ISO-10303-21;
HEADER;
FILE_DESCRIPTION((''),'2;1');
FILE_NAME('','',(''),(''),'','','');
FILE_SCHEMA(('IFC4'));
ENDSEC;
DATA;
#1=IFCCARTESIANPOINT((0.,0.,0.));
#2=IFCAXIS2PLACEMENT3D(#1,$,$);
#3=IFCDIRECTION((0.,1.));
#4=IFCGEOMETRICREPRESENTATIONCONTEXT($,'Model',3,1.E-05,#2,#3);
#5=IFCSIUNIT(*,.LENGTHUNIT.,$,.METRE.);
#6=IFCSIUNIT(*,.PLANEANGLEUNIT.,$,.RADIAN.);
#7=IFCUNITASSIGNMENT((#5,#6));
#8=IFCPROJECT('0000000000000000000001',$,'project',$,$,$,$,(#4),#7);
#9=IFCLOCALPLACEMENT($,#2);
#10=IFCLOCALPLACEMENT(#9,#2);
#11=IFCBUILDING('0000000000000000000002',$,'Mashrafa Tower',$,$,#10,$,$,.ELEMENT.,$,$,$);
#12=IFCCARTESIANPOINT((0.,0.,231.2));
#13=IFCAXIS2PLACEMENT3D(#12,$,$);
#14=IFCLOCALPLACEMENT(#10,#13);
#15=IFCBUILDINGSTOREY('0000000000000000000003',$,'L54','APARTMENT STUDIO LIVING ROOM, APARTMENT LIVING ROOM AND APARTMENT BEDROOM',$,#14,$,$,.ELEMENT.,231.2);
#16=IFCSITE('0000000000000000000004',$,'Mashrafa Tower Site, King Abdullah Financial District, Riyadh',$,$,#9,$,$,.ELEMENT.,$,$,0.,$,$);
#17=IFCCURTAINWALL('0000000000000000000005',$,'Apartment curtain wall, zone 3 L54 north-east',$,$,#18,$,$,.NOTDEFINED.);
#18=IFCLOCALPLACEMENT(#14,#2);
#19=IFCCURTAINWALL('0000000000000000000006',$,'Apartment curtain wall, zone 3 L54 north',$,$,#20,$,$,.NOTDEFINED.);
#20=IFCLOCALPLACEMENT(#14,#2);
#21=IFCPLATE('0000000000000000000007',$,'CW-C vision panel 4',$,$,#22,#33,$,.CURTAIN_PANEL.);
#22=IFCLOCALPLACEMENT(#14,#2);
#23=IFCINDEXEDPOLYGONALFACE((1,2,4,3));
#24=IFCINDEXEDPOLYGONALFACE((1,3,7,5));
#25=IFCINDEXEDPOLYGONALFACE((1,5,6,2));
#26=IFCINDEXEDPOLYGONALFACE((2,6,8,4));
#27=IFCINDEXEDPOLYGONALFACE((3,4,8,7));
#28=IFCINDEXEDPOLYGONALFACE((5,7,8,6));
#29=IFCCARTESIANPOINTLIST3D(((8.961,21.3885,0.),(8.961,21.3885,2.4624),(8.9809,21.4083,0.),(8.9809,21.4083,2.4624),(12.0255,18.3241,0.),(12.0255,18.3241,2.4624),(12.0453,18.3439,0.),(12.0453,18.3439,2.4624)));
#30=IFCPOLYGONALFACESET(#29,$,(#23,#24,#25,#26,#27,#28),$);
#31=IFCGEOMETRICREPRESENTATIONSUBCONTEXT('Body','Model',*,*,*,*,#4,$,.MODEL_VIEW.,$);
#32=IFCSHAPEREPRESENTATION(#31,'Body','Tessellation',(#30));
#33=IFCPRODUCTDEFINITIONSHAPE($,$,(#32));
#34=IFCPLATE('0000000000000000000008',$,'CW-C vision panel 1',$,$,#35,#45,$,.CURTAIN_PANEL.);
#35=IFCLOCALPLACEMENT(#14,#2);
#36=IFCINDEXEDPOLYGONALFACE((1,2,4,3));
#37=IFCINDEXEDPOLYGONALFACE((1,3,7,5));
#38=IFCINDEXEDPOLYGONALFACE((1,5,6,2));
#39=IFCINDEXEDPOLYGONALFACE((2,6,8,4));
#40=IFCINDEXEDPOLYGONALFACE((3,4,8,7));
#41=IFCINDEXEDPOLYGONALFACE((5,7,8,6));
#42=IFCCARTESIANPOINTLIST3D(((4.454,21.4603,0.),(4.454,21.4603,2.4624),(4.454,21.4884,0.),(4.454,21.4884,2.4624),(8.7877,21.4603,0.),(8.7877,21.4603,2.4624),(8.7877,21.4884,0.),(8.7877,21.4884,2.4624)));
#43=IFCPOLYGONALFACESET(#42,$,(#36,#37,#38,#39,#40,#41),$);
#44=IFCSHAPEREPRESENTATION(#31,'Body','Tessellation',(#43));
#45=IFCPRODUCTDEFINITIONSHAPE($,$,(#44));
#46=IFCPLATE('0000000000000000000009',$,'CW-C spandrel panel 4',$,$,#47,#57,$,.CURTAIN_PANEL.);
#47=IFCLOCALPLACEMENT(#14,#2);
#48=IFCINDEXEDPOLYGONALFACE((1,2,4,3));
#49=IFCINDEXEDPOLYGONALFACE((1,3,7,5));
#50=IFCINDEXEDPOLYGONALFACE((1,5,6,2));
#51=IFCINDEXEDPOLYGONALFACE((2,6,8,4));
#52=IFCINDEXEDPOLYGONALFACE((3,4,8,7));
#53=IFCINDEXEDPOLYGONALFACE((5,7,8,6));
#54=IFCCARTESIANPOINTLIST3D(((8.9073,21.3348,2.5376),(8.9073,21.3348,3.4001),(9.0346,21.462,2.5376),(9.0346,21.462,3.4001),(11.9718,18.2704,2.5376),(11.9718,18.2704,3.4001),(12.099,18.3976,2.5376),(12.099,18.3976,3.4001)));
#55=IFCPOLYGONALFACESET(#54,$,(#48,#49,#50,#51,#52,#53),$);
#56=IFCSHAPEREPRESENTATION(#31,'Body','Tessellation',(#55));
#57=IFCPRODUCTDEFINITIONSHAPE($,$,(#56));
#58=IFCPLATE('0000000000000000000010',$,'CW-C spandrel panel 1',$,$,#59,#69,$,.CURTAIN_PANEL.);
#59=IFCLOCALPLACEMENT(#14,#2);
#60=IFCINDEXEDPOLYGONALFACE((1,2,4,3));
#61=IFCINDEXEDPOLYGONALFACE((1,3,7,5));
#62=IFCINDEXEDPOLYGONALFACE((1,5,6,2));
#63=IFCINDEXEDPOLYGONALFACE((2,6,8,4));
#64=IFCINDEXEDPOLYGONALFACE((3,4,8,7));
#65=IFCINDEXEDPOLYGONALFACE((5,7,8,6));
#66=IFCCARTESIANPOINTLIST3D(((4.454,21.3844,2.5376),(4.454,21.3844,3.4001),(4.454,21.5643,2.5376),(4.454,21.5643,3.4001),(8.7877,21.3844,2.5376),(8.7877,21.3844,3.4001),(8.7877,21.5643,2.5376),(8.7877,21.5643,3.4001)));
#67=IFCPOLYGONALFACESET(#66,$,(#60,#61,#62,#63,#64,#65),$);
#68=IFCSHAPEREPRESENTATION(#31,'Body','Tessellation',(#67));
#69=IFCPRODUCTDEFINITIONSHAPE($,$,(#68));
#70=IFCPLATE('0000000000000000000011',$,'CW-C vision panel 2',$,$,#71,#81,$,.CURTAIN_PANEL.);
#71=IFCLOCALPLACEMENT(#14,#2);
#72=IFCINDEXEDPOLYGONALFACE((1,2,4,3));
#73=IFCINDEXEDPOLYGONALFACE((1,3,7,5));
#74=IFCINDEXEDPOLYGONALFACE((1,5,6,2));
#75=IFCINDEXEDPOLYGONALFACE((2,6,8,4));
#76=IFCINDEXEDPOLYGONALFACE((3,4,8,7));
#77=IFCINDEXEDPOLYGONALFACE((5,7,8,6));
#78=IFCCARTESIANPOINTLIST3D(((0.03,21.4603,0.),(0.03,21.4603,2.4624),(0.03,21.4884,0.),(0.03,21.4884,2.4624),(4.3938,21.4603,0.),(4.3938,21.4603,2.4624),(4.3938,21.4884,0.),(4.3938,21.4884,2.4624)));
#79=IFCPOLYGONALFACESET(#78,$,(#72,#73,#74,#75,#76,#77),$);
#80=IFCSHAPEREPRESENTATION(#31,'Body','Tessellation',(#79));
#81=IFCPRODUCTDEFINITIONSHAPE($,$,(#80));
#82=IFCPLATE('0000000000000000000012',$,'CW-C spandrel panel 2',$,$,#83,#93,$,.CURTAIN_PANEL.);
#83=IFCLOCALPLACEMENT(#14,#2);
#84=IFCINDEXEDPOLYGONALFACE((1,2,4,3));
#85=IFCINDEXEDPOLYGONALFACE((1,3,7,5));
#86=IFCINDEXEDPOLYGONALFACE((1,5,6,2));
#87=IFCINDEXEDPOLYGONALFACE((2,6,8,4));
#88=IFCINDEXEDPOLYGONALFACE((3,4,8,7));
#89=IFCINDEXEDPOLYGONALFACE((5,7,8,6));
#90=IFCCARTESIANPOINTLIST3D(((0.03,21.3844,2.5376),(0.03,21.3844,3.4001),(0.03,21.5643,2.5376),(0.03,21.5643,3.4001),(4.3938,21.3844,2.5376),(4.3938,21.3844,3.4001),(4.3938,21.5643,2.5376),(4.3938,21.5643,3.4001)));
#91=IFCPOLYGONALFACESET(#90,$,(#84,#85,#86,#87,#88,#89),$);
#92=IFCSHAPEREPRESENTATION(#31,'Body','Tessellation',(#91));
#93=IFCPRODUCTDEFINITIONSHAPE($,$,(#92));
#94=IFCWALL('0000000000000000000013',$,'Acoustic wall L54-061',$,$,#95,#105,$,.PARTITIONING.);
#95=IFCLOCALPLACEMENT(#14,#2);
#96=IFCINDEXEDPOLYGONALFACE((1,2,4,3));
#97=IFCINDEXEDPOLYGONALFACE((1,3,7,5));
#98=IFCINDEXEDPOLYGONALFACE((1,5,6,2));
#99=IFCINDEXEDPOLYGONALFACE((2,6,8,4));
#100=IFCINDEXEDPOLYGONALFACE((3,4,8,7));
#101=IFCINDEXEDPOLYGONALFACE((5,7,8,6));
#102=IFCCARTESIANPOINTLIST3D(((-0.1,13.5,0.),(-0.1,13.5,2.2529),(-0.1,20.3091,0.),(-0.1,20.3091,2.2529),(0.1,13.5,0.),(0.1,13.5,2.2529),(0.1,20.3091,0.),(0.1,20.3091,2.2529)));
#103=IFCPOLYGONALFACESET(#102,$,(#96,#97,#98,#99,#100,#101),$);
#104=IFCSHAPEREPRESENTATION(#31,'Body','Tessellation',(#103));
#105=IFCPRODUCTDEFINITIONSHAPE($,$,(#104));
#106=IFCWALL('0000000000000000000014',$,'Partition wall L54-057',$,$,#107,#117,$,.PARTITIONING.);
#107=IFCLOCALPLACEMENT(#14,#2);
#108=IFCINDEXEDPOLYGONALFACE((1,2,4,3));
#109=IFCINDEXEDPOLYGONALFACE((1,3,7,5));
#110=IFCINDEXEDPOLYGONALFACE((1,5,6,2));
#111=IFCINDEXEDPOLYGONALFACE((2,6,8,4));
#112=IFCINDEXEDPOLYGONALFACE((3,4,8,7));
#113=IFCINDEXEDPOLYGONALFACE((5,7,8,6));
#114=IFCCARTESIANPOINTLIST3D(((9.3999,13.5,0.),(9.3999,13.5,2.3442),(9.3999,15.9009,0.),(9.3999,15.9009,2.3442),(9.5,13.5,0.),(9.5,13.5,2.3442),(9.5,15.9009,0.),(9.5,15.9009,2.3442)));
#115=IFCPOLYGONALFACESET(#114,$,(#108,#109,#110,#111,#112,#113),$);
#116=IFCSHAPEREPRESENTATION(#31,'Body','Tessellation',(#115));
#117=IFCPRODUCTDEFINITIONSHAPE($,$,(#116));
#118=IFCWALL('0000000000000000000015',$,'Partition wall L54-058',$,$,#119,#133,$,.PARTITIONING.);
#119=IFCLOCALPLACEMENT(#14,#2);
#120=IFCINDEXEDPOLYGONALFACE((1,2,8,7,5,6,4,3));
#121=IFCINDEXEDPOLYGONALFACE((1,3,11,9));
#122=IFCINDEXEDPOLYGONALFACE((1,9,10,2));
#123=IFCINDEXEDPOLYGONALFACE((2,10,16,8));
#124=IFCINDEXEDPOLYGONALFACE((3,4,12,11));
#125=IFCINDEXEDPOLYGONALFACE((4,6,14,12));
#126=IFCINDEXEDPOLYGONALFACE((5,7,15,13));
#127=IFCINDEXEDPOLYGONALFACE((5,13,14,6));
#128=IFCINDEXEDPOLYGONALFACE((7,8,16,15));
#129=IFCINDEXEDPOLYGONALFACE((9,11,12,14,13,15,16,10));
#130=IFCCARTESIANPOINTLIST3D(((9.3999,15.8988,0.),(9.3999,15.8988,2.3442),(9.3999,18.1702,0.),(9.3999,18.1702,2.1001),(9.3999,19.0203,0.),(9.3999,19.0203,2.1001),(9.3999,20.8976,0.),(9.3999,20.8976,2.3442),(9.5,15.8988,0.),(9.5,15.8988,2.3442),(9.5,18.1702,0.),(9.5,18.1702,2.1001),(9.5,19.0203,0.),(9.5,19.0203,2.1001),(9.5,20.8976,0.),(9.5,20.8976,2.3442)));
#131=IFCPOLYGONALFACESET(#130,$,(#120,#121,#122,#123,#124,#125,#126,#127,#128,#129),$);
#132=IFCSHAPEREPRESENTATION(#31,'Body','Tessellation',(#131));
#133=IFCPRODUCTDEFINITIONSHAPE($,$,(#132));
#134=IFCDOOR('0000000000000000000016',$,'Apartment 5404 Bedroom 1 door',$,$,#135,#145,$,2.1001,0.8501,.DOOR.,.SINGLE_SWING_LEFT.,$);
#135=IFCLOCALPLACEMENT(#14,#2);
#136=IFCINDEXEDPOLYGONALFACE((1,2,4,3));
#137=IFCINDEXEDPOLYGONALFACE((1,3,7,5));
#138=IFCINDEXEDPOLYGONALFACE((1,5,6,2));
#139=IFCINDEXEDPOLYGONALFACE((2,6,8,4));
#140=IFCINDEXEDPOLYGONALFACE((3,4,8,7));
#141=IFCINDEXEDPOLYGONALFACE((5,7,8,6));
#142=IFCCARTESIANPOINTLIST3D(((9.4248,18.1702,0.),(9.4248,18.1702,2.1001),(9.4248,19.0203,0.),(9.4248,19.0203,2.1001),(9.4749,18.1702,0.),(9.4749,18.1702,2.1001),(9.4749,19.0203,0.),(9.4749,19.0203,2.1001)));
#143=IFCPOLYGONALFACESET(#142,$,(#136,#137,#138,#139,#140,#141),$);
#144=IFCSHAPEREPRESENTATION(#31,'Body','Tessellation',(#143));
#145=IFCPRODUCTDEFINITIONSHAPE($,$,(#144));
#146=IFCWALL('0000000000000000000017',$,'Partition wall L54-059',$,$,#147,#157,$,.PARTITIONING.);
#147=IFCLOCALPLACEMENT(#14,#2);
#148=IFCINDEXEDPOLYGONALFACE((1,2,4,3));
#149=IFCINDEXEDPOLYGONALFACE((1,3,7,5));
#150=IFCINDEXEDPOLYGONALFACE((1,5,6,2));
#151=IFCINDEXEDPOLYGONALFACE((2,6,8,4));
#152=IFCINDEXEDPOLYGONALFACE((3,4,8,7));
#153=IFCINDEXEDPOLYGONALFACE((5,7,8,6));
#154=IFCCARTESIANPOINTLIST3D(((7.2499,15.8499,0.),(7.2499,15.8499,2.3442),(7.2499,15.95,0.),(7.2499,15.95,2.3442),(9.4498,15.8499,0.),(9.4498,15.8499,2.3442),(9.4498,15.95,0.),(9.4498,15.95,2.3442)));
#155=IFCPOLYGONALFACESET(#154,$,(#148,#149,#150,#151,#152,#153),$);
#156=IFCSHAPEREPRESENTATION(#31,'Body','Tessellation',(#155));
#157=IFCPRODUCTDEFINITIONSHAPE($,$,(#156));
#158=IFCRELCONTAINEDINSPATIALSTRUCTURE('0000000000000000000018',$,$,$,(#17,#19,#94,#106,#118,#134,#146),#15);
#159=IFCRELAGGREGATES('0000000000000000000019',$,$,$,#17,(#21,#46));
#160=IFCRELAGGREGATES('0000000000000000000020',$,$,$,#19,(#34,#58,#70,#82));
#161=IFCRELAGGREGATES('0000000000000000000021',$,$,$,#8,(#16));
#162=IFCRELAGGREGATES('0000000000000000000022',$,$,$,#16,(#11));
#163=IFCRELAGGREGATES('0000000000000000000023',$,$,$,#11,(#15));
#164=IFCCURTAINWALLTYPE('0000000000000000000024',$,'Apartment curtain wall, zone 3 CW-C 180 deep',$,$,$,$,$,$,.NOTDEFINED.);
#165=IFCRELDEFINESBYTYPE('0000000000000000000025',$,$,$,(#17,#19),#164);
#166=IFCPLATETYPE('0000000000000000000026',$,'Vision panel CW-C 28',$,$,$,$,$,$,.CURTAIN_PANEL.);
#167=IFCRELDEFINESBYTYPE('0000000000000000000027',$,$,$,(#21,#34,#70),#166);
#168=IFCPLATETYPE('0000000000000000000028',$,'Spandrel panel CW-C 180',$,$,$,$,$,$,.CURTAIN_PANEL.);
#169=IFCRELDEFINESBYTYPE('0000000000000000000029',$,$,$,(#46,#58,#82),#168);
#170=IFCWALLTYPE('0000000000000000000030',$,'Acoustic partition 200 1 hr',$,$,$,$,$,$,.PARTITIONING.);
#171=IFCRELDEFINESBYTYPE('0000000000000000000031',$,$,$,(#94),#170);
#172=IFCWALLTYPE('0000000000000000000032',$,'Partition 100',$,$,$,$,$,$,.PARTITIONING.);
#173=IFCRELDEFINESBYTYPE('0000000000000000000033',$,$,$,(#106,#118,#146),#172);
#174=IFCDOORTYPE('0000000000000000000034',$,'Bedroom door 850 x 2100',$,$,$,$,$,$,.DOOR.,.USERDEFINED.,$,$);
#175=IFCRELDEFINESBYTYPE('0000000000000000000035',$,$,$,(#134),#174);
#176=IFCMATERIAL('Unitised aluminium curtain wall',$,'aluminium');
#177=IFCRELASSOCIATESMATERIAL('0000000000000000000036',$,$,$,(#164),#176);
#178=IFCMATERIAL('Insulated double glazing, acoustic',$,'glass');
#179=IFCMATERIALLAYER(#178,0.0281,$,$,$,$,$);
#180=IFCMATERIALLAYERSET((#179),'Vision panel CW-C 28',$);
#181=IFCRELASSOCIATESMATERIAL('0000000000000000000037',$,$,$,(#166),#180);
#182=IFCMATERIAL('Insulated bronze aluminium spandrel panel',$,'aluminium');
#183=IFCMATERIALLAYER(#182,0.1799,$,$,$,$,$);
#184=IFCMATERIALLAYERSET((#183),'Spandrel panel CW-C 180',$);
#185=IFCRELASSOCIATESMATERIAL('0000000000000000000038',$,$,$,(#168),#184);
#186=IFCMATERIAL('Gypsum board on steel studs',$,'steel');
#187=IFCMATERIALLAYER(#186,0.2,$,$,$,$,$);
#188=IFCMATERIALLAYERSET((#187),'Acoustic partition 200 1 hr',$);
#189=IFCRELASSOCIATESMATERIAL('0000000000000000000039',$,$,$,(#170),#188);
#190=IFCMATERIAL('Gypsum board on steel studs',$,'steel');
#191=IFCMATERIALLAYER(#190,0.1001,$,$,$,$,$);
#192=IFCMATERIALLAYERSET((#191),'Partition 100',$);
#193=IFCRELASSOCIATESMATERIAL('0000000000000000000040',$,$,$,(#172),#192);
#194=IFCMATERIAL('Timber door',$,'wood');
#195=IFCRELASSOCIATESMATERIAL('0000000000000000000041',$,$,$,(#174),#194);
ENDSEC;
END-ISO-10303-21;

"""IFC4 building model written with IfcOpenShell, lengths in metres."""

from ifc_helpers import new_model, si_unit, direction, frame, frame_2d, origin, origin_2d, place, context, subcontext, project, spatial, rectangle, extrude, source, transform, mapped, material, layer, layer_set, type_object, type_shapes, element, fill, aggregate, save


model = new_model("IFC4")

# Units and contexts
model_context = context("Model", 3, precision=1e-05, world=origin(), true_north=direction((0.0, 1.0)))
body_context = subcontext(model_context, "Body", "Model", "MODEL_VIEW")
ifc_project = project(units=[si_unit("LENGTHUNIT", "METRE"), si_unit("PLANEANGLEUNIT", "RADIAN")], contexts=[model_context])

# Site, building, storey
site_placement = place(None, origin())
site = spatial("IfcSite", under=ifc_project, at=site_placement, Name="Mashrafa Tower Site, King Abdullah Financial District, Riyadh", CompositionType="ELEMENT", RefElevation=0.0)
building_placement = place(site_placement, origin())
building = spatial("IfcBuilding", under=site, at=building_placement, Name="Mashrafa Tower", CompositionType="ELEMENT")
storey_placement = place(building_placement, frame((0.0, 0.0, 231.2)))
storey = spatial("IfcBuildingStorey", under=building, at=storey_placement, Name="L54", Description="APARTMENT STUDIO LIVING ROOM, APARTMENT LIVING ROOM AND APARTMENT BEDROOM", CompositionType="ELEMENT", Elevation=231.2)

# Curtain wall
ifc_material_1 = material(Name="Unitised aluminium curtain wall", Category="aluminium")
curtain_wall_type = type_object("IfcCurtainWallType", Name="Apartment curtain wall, zone 3 CW-C 180 deep", PredefinedType="NOTDEFINED", material=ifc_material_1)
curtain_wall_1_placement = place(storey_placement, origin())
curtain_wall_1 = element("IfcCurtainWall", 1, at=curtain_wall_1_placement, inside=storey, type_object=curtain_wall_type, Name="Apartment curtain wall, zone 3 L54 north-east", PredefinedType="NOTDEFINED")

# Curtain wall
curtain_wall_2_placement = place(storey_placement, origin())
curtain_wall_2 = element("IfcCurtainWall", 2, at=curtain_wall_2_placement, inside=storey, type_object=curtain_wall_type, Name="Apartment curtain wall, zone 3 L54 north", PredefinedType="NOTDEFINED")

# Plates
ifc_material_2 = material(Name="Insulated double glazing, acoustic", Category="glass")
ifc_layer_1 = layer(ifc_material_2, 0.0281)
ifc_layer_set_1 = layer_set([ifc_layer_1], Name="Vision panel CW-C 28")
plate_type_1 = type_object("IfcPlateType", Name="Vision panel CW-C 28", PredefinedType="CURTAIN_PANEL", material=ifc_layer_set_1)
shared_shape_1 = source(origin(), body_context, "Body", "SweptSolid", [
    extrude(rectangle(XDim=4.3337, YDim=0.0281, at=origin_2d()), origin(), (0.0, 0.0, 1.0), 2.4624),
])
plate_1_placement = place(storey_placement, frame((10.5032, 19.8662, 0.0), z_axis=(0.0, 0.0, 1.0), x_axis=(-0.707107, 0.707107, 0.0)))
plate_1 = element("IfcPlate", 3, at=plate_1_placement, type_object=plate_type_1, Name="CW-C vision panel 4", PredefinedType="CURTAIN_PANEL", context=body_context, shape_type="MappedRepresentation", body=[
    mapped(shared_shape_1, transform((0.0, 0.0, 0.0))),
])
plate_2_placement = place(storey_placement, frame((6.6208, 21.4744, 0.0), z_axis=(0.0, 0.0, 1.0), x_axis=(-1.0, 0.0, 0.0)))
plate_2 = element("IfcPlate", 4, at=plate_2_placement, type_object=plate_type_1, Name="CW-C vision panel 1", PredefinedType="CURTAIN_PANEL", context=body_context, shape_type="MappedRepresentation", body=[
    mapped(shared_shape_1, transform((0.0, 0.0, 0.0))),
])
ifc_material_3 = material(Name="Insulated bronze aluminium spandrel panel", Category="aluminium")
ifc_layer_2 = layer(ifc_material_3, 0.1799)
ifc_layer_set_2 = layer_set([ifc_layer_2], Name="Spandrel panel CW-C 180")
plate_type_2 = type_object("IfcPlateType", Name="Spandrel panel CW-C 180", PredefinedType="CURTAIN_PANEL", material=ifc_layer_set_2)
shared_shape_2 = source(origin(), body_context, "Body", "SweptSolid", [
    extrude(rectangle(XDim=4.3337, YDim=0.1799, at=origin_2d()), origin(), (0.0, 0.0, 1.0), 0.8625),
])
plate_3_placement = place(storey_placement, frame((10.5032, 19.8662, 2.5376), z_axis=(0.0, 0.0, 1.0), x_axis=(-0.707107, 0.707107, 0.0)))
plate_3 = element("IfcPlate", 5, at=plate_3_placement, type_object=plate_type_2, Name="CW-C spandrel panel 4", PredefinedType="CURTAIN_PANEL", context=body_context, shape_type="MappedRepresentation", body=[
    mapped(shared_shape_2, transform((0.0, 0.0, 0.0))),
])
aggregate(curtain_wall_1, [plate_1, plate_3])
plate_4_placement = place(storey_placement, frame((6.6208, 21.4744, 2.5376), z_axis=(0.0, 0.0, 1.0), x_axis=(-1.0, 0.0, 0.0)))
plate_4 = element("IfcPlate", 6, at=plate_4_placement, type_object=plate_type_2, Name="CW-C spandrel panel 1", PredefinedType="CURTAIN_PANEL", context=body_context, shape_type="MappedRepresentation", body=[
    mapped(shared_shape_2, transform((0.0, 0.0, 0.0))),
])
shared_shape_3 = source(origin(), body_context, "Body", "SweptSolid", [
    extrude(rectangle(XDim=4.3638, YDim=0.0281, at=origin_2d()), origin(), (0.0, 0.0, 1.0), 2.4624),
])
type_shapes(plate_type_1, [shared_shape_1, shared_shape_3])
plate_5_placement = place(storey_placement, frame((2.2119, 21.4744, 0.0), z_axis=(0.0, 0.0, 1.0), x_axis=(-1.0, 0.0, 0.0)))
plate_5 = element("IfcPlate", 7, at=plate_5_placement, type_object=plate_type_1, Name="CW-C vision panel 2", PredefinedType="CURTAIN_PANEL", context=body_context, shape_type="MappedRepresentation", body=[
    mapped(shared_shape_3, transform((0.0, 0.0, 0.0))),
])
shared_shape_4 = source(origin(), body_context, "Body", "SweptSolid", [
    extrude(rectangle(XDim=4.3638, YDim=0.1799, at=origin_2d()), origin(), (0.0, 0.0, 1.0), 0.8625),
])
type_shapes(plate_type_2, [shared_shape_2, shared_shape_4])
plate_6_placement = place(storey_placement, frame((2.2119, 21.4744, 2.5376), z_axis=(0.0, 0.0, 1.0), x_axis=(-1.0, 0.0, 0.0)))
plate_6 = element("IfcPlate", 8, at=plate_6_placement, type_object=plate_type_2, Name="CW-C spandrel panel 2", PredefinedType="CURTAIN_PANEL", context=body_context, shape_type="MappedRepresentation", body=[
    mapped(shared_shape_4, transform((0.0, 0.0, 0.0))),
])
aggregate(curtain_wall_2, [plate_2, plate_4, plate_5, plate_6])

# Walls
ifc_material_4 = material(Name="Gypsum board on steel studs", Category="steel")
ifc_layer_3 = layer(ifc_material_4, 0.2)
ifc_layer_set_3 = layer_set([ifc_layer_3], Name="Acoustic partition 200 1 hr")
wall_type_1 = type_object("IfcWallType", Name="Acoustic partition 200 1 hr", PredefinedType="PARTITIONING", material=ifc_layer_set_3)
wall_1_placement = place(storey_placement, frame((0.0, 20.3091, 0.0), z_axis=(0.0, 0.0, 1.0), x_axis=(0.0, -1.0, 0.0)))
element("IfcWall", 9, at=wall_1_placement, inside=storey, type_object=wall_type_1, Name="Acoustic wall L54-061", PredefinedType="PARTITIONING", context=body_context, shape_type="SweptSolid", body=[
    extrude(rectangle(XDim=6.8091, YDim=0.2, at=frame_2d((3.4045, 0.0))), origin(), (0.0, 0.0, 1.0), 2.2529),
])
ifc_material_5 = material(Name="Gypsum board on steel studs", Category="steel")
ifc_layer_4 = layer(ifc_material_5, 0.1001)
ifc_layer_set_4 = layer_set([ifc_layer_4], Name="Partition 100")
wall_type_2 = type_object("IfcWallType", Name="Partition 100", PredefinedType="PARTITIONING", material=ifc_layer_set_4)
wall_2_placement = place(storey_placement, frame((9.45, 15.9009, 0.0), z_axis=(0.0, 0.0, 1.0), x_axis=(0.0, -1.0, 0.0)))
element("IfcWall", 10, at=wall_2_placement, inside=storey, type_object=wall_type_2, Name="Partition wall L54-057", PredefinedType="PARTITIONING", context=body_context, shape_type="SweptSolid", body=[
    extrude(rectangle(XDim=2.4009, YDim=0.1001, at=frame_2d((1.2004, 0.0))), origin(), (0.0, 0.0, 1.0), 2.3442),
])

# Wall, opening, door
wall_3_placement = place(storey_placement, frame((9.45, 20.8977, 0.0), z_axis=(0.0, 0.0, 1.0), x_axis=(0.0, -1.0, 0.0)))
wall_3 = element("IfcWall", 11, at=wall_3_placement, inside=storey, type_object=wall_type_2, Name="Partition wall L54-058", PredefinedType="PARTITIONING", context=body_context, shape_type="SweptSolid", body=[
    extrude(rectangle(XDim=4.9988, YDim=0.1001, at=frame_2d((2.4995, 0.0))), origin(), (0.0, 0.0, 1.0), 2.3442),
])
opening_1_placement = place(wall_3_placement, frame((1.8774, 0.0, 0.0)))
opening_1 = element("IfcOpeningElement", 12, at=opening_1_placement, cuts=wall_3, PredefinedType="OPENING", context=body_context, shape_type="SweptSolid", body=[
    extrude(rectangle(XDim=0.8501, YDim=2.1001, at=frame_2d((0.425, 1.05))), frame((0.0, 0.0601, 0.0), z_axis=(0.0, -1.0, 0.0), x_axis=(1.0, 0.0, 0.0)), (0.0, 0.0, 1.0), 0.1201),
])
ifc_material_6 = material(Name="Timber door", Category="wood")
door_type_1 = type_object("IfcDoorType", Name="Bedroom door 850 x 2100", OperationType="USERDEFINED", PredefinedType="DOOR", material=ifc_material_6)
door_1_placement = place(opening_1_placement, origin())
door_1 = element("IfcDoor", 13, at=door_1_placement, inside=storey, type_object=door_type_1, Name="Apartment 5404 Bedroom 1 door", OperationType="SINGLE_SWING_LEFT", OverallHeight=2.1001, OverallWidth=0.8501, PredefinedType="DOOR", context=body_context, shape_type="SweptSolid", body=[
    extrude(rectangle(XDim=0.8501, YDim=2.1001, at=frame_2d((0.425, 1.05))), frame((0.0, 0.0249, 0.0), z_axis=(0.0, -1.0, 0.0), x_axis=(1.0, 0.0, 0.0)), (0.0, 0.0, 1.0), 0.05),
])
fill(opening_1, door_1)

# Wall
wall_4_placement = place(storey_placement, frame((9.45, 15.8999, 0.0), z_axis=(0.0, 0.0, 1.0), x_axis=(-1.0, 0.0, 0.0)))
element("IfcWall", 14, at=wall_4_placement, inside=storey, type_object=wall_type_2, Name="Partition wall L54-059", PredefinedType="PARTITIONING", context=body_context, shape_type="SweptSolid", body=[
    extrude(rectangle(XDim=2.2, YDim=0.1001, at=frame_2d((1.1001, 0.0))), origin(), (0.0, 0.0, 1.0), 2.3442),
])

save(model, "model.ifc")
